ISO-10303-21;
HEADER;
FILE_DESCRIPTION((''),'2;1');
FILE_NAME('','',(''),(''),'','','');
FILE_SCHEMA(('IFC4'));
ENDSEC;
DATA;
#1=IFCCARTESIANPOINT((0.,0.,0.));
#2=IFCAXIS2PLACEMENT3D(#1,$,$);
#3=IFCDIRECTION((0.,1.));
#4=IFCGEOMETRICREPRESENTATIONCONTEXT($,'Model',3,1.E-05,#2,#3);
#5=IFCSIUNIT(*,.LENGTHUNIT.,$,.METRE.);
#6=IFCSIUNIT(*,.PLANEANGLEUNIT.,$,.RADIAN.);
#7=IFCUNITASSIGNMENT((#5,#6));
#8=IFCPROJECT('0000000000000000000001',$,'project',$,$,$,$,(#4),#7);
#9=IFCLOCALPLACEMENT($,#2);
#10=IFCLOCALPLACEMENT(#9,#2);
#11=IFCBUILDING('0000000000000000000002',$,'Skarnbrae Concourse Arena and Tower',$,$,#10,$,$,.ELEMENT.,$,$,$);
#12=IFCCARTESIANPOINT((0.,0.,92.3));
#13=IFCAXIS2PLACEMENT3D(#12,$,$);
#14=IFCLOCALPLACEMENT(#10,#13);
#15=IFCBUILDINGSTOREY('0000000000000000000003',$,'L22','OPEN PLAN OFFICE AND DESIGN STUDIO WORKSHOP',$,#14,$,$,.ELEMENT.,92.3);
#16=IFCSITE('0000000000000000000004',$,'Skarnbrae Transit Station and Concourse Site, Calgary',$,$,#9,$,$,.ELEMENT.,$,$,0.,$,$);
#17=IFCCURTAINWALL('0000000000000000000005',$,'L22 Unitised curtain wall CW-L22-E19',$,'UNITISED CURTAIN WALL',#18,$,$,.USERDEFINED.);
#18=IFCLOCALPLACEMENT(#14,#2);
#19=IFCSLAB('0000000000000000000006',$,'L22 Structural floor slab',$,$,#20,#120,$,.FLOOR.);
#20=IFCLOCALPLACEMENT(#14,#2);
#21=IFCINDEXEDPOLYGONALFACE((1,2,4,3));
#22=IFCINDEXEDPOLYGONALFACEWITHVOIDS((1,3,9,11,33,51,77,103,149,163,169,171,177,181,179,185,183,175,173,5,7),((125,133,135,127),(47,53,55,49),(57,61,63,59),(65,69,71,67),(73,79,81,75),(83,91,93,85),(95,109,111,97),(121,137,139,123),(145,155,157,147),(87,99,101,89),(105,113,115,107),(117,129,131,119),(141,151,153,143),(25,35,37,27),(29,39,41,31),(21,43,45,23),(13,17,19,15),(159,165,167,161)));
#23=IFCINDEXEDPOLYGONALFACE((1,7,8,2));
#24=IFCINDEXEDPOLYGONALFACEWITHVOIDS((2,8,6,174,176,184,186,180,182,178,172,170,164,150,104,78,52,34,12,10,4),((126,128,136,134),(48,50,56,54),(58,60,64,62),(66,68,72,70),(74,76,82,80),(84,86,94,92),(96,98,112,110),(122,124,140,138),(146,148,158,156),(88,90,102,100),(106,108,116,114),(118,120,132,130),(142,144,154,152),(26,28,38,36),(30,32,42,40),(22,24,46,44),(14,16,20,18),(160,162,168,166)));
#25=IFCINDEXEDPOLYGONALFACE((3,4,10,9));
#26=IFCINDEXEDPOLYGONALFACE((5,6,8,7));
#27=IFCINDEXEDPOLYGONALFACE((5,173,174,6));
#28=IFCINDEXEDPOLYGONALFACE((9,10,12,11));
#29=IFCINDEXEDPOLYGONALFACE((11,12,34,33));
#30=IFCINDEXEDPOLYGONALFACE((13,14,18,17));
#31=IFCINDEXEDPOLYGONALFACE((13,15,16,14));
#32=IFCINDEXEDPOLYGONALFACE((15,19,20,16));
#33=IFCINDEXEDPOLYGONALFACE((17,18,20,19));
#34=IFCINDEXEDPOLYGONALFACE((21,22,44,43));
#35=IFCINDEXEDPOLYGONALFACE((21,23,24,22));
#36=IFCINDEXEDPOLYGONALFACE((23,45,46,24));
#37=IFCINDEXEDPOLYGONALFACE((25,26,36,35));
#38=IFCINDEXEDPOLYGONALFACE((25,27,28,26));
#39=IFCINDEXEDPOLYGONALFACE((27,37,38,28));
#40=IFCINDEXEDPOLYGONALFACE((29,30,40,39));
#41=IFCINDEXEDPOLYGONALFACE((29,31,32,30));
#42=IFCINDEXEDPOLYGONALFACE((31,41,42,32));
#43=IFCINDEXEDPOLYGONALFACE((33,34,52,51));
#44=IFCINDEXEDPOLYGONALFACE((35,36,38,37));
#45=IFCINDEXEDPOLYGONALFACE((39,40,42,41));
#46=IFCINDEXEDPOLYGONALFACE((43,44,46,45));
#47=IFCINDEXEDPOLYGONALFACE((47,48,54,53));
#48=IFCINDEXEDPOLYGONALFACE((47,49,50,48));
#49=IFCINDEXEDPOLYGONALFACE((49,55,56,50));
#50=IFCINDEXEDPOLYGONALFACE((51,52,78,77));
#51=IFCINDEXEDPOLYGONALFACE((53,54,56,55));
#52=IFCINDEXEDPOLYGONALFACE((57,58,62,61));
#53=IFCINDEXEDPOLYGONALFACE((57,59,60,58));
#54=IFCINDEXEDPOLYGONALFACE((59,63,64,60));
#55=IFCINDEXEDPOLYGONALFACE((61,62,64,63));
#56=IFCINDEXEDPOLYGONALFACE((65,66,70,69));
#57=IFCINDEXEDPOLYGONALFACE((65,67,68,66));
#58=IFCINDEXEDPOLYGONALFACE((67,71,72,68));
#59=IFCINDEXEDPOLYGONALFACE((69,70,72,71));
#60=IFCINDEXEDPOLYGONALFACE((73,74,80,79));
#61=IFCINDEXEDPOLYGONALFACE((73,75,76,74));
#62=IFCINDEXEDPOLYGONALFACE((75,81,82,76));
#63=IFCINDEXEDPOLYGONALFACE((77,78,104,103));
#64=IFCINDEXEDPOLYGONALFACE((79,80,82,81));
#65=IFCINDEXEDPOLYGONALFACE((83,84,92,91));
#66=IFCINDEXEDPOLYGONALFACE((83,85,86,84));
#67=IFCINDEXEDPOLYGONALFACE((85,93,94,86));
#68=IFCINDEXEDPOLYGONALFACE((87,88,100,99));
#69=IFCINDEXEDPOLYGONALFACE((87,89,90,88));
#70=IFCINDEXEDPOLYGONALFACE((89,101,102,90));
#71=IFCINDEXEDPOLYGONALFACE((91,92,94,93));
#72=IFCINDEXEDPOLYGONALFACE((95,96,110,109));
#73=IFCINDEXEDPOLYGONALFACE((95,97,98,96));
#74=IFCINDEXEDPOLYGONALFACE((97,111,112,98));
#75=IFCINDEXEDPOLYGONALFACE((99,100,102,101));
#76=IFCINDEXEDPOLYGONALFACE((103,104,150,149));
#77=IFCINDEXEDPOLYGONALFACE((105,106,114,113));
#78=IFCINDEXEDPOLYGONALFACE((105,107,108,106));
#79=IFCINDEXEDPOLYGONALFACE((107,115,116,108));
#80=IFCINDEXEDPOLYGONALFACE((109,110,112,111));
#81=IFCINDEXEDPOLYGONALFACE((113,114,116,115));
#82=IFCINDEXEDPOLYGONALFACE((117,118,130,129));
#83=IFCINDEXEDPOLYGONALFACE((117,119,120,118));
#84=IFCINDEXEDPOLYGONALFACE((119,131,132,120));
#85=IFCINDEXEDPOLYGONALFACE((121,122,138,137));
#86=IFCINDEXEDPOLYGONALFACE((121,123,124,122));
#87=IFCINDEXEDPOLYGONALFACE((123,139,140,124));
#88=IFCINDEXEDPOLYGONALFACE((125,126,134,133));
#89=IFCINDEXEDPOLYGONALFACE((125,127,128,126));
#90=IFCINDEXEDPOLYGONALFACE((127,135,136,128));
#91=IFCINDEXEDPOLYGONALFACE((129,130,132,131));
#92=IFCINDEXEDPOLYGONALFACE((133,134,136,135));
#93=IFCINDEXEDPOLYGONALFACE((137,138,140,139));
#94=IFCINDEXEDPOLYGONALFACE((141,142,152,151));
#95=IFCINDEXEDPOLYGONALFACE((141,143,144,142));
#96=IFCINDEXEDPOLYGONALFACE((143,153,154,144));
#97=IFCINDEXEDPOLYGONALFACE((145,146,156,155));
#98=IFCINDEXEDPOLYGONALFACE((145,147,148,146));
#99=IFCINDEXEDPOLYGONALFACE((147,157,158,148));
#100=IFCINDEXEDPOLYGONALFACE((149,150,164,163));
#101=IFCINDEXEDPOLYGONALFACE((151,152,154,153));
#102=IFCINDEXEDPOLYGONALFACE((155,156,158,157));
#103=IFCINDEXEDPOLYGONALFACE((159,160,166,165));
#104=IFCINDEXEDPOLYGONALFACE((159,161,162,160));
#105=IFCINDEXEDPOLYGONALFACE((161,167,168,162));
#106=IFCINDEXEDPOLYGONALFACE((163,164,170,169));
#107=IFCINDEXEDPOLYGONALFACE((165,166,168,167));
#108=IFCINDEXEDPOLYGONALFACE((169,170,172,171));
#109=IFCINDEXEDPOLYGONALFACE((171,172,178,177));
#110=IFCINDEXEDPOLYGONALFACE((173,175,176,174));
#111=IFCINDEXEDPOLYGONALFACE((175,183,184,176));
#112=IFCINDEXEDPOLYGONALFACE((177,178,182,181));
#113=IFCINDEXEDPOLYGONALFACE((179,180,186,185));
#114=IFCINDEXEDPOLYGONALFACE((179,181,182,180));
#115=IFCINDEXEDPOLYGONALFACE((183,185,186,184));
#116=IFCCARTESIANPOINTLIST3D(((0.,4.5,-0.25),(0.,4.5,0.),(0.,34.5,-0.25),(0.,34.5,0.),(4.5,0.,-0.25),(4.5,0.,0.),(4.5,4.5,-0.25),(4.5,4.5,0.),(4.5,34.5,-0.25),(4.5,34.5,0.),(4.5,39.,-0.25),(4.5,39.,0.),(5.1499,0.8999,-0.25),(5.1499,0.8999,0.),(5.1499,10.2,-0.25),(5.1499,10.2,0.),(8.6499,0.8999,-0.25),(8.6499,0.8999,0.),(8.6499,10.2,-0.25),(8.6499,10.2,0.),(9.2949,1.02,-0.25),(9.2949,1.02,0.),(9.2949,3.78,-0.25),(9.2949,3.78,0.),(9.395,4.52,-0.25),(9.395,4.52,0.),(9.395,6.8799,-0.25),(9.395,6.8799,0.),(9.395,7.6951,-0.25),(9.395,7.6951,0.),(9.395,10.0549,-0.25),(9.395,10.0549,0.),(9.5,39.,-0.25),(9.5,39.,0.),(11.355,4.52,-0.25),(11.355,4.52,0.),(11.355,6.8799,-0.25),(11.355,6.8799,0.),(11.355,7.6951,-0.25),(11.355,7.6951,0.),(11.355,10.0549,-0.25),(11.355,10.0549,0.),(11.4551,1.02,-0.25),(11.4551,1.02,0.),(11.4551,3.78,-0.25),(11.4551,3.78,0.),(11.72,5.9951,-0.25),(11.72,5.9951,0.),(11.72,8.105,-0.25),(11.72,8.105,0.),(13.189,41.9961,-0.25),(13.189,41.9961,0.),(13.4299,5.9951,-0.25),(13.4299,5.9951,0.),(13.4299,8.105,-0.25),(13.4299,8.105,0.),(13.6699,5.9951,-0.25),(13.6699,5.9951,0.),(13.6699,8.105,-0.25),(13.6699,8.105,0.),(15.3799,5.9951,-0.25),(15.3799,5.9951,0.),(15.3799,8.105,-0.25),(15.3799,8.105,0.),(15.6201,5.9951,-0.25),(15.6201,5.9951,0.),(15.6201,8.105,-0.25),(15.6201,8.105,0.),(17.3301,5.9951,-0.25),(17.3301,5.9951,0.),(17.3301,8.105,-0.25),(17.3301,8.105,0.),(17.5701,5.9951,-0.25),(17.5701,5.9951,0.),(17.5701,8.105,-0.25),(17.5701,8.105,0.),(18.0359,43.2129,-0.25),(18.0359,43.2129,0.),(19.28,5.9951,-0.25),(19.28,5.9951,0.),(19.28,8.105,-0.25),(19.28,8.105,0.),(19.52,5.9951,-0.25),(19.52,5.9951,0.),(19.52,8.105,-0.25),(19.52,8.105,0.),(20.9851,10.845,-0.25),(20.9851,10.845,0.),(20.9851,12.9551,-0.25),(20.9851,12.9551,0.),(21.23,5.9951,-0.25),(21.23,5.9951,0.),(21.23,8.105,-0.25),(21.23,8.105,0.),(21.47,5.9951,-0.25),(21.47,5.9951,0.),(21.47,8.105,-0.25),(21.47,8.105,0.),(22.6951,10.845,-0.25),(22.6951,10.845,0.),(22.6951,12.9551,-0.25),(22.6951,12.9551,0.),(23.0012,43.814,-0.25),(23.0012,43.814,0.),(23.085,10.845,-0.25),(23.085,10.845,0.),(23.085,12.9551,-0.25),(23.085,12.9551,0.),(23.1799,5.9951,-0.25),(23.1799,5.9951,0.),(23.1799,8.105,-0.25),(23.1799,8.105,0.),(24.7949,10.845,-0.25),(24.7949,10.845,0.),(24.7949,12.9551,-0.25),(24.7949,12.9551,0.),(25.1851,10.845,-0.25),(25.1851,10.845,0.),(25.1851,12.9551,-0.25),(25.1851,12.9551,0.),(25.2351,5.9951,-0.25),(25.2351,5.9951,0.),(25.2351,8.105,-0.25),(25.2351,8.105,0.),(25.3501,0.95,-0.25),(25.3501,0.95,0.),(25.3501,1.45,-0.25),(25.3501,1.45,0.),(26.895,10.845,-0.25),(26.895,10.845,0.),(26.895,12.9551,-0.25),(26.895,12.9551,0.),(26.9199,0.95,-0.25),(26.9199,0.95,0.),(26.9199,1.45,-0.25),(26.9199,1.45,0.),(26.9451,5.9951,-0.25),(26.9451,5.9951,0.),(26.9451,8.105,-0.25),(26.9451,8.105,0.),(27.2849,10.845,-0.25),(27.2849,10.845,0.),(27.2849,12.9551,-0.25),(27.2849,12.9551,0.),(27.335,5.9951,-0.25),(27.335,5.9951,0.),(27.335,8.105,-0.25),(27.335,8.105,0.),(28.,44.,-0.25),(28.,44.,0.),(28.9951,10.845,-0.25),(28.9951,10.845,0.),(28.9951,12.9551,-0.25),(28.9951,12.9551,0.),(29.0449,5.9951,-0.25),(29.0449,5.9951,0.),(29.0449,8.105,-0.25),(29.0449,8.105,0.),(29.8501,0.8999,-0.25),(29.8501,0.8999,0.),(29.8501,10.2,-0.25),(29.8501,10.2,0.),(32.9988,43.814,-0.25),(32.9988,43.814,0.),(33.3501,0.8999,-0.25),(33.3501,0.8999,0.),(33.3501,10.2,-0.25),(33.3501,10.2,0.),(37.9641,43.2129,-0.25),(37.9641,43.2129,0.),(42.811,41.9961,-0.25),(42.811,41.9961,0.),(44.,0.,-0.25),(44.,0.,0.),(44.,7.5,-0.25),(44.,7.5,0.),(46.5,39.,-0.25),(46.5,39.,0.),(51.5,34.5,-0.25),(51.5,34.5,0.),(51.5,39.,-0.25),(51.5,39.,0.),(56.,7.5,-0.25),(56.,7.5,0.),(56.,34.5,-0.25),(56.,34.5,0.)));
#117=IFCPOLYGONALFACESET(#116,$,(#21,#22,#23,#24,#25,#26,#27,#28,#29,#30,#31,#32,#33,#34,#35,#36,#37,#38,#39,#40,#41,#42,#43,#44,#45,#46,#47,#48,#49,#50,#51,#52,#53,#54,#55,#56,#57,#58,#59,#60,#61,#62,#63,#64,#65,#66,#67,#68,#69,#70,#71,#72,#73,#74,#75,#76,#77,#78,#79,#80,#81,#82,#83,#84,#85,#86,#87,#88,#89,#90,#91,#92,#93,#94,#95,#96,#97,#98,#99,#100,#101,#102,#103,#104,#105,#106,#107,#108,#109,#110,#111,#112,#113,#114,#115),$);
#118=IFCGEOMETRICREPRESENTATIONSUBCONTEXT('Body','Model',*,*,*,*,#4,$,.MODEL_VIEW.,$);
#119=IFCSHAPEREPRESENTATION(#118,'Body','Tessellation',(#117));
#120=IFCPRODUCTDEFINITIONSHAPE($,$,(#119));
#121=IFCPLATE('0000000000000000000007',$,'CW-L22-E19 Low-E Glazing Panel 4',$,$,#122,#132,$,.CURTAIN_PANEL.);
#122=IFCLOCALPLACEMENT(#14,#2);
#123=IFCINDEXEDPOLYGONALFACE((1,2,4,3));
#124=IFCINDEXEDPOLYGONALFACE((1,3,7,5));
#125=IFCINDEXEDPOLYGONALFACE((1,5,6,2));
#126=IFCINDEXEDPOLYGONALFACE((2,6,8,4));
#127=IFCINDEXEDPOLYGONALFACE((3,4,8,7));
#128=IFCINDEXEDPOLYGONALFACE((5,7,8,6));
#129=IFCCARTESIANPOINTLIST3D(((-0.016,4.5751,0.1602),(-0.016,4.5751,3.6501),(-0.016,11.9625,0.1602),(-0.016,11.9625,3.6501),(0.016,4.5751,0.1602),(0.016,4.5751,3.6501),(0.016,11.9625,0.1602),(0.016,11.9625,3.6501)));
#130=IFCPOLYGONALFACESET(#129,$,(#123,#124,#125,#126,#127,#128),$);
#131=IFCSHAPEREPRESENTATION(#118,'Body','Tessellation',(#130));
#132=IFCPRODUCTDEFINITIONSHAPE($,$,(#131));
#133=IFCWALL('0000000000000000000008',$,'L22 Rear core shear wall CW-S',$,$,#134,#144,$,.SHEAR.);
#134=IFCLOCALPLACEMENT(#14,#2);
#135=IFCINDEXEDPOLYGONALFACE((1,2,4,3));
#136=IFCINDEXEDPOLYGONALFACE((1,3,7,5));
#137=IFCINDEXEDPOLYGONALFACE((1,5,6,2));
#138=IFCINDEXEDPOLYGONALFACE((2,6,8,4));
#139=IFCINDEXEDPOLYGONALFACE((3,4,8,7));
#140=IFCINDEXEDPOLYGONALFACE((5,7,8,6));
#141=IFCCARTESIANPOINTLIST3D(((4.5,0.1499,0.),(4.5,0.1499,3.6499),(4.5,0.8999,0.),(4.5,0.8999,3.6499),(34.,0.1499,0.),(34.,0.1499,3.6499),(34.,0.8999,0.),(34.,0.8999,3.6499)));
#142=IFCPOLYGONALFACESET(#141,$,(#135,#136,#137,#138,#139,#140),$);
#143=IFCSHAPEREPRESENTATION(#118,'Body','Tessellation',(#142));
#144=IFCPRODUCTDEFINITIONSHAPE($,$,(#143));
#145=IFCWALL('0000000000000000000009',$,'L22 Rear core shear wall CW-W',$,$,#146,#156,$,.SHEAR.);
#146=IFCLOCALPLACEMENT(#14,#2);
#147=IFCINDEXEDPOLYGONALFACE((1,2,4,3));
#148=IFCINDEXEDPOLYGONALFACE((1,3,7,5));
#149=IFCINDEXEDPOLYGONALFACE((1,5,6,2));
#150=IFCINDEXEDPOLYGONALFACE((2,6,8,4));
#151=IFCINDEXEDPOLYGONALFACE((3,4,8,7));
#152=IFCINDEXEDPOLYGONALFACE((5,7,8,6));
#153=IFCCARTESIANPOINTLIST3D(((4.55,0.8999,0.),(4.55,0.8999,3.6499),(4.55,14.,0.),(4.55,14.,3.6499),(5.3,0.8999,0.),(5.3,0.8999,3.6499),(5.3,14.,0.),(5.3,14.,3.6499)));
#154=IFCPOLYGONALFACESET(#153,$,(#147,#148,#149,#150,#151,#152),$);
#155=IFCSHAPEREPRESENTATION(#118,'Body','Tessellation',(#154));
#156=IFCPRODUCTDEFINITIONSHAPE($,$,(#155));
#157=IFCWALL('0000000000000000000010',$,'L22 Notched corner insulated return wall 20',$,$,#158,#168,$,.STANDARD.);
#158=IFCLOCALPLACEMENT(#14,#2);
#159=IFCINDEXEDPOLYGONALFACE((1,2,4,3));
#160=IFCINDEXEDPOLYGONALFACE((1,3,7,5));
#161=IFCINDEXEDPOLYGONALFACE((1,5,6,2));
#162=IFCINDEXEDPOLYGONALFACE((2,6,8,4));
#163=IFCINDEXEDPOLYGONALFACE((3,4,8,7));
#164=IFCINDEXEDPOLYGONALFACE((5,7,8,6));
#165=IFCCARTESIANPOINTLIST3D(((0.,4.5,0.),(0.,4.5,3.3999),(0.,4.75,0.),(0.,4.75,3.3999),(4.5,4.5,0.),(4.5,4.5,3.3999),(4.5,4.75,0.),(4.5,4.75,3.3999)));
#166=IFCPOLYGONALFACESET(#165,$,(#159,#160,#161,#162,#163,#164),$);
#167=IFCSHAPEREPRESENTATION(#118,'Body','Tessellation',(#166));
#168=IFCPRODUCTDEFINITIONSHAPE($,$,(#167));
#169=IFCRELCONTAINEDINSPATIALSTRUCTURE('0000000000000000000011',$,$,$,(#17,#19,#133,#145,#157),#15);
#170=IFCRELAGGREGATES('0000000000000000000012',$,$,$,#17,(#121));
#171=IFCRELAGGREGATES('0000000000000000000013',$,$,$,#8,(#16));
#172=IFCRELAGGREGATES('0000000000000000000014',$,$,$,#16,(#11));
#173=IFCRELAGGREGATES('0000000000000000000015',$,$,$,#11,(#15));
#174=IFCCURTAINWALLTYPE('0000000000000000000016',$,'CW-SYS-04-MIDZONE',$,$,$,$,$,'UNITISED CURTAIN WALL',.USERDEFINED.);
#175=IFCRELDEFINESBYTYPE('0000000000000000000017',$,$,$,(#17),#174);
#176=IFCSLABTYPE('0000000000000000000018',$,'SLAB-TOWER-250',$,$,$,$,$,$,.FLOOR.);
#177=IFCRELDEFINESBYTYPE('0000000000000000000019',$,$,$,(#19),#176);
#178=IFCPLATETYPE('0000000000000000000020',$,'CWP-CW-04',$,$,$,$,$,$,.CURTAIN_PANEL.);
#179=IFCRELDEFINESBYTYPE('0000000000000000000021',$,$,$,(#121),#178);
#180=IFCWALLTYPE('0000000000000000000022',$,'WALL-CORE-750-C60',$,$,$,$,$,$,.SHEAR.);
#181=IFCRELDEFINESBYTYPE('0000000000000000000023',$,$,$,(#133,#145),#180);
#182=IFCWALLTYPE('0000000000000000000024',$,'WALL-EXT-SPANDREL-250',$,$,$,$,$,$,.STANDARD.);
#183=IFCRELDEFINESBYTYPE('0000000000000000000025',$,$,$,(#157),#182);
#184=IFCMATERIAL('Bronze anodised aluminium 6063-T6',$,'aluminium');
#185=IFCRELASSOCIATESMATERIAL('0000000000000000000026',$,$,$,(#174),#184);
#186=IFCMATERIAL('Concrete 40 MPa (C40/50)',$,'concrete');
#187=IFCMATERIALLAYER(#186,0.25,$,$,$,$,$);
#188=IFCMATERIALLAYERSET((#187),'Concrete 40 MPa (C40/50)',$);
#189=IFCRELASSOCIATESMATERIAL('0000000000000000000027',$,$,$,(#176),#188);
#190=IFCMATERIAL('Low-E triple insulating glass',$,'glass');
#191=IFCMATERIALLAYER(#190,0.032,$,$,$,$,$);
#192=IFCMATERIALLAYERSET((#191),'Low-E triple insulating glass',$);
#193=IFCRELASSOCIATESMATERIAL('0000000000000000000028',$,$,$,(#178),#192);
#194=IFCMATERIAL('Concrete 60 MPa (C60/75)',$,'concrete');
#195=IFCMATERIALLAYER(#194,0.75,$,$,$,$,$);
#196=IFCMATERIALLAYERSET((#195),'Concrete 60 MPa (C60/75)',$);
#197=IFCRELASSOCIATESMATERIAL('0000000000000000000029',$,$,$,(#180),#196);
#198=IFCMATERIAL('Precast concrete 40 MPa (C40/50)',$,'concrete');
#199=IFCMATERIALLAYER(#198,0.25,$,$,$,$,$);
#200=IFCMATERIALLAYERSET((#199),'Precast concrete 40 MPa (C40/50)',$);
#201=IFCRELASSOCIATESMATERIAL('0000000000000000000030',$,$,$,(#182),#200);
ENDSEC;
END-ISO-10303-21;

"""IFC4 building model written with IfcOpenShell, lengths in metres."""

from ifc_helpers import new_model, si_unit, direction, frame, frame_2d, origin, origin_2d, place, context, subcontext, project, spatial, polyline, rectangle, outline, extrude, source, transform, mapped, material, layer, layer_set, type_object, element, aggregate, save


model = new_model("IFC4")

# Units and contexts
model_context = context("Model", 3, precision=1e-05, world=origin(), true_north=direction((0.0, 1.0)))
body_context = subcontext(model_context, "Body", "Model", "MODEL_VIEW")
ifc_project = project(units=[si_unit("LENGTHUNIT", "METRE"), si_unit("PLANEANGLEUNIT", "RADIAN")], contexts=[model_context])

# Site, building, storey
site_placement = place(None, origin())
site = spatial("IfcSite", under=ifc_project, at=site_placement, Name="Skarnbrae Transit Station and Concourse Site, Calgary", CompositionType="ELEMENT", RefElevation=0.0)
building_placement = place(site_placement, origin())
building = spatial("IfcBuilding", under=site, at=building_placement, Name="Skarnbrae Concourse Arena and Tower", CompositionType="ELEMENT")
storey_placement = place(building_placement, frame((0.0, 0.0, 92.3)))
storey = spatial("IfcBuildingStorey", under=building, at=storey_placement, Name="L22", Description="OPEN PLAN OFFICE AND DESIGN STUDIO WORKSHOP", CompositionType="ELEMENT", Elevation=92.3)

# Curtain wall
ifc_material_1 = material(Name="Bronze anodised aluminium 6063-T6", Category="aluminium")
curtain_wall_type = type_object("IfcCurtainWallType", Name="CW-SYS-04-MIDZONE", ElementType="UNITISED CURTAIN WALL", PredefinedType="USERDEFINED", material=ifc_material_1)
curtain_wall_placement = place(storey_placement, origin())
curtain_wall = element("IfcCurtainWall", 1, at=curtain_wall_placement, inside=storey, type_object=curtain_wall_type, Name="L22 Unitised curtain wall CW-L22-E19", ObjectType="UNITISED CURTAIN WALL", PredefinedType="USERDEFINED")

# Shared definitions
ifc_material_2 = material(Name="Concrete 40 MPa (C40/50)", Category="concrete")

# Slab
ifc_layer_1 = layer(ifc_material_2, 0.25)
ifc_layer_set_1 = layer_set([ifc_layer_1], Name="Concrete 40 MPa (C40/50)")
slab_type_1 = type_object("IfcSlabType", Name="SLAB-TOWER-250", PredefinedType="FLOOR", material=ifc_layer_set_1)
slab_1_placement = place(storey_placement, frame((0.0, 0.0, -0.25)))
element("IfcSlab", 2, at=slab_1_placement, inside=storey, type_object=slab_type_1, Name="L22 Structural floor slab", PredefinedType="FLOOR", context=body_context, shape_type="SweptSolid", body=[
    extrude(outline(polyline([(4.5, 0.0), (44.0, 0.0), (44.0, 7.5), (56.0, 7.5), (56.0, 34.5), (51.5, 34.5), (51.5, 39.0), (46.5, 39.0), (42.811, 41.9961), (37.9641, 43.2129), (32.9988, 43.814), (28.0, 44.0), (23.0012, 43.814), (18.0359, 43.2129), (13.189, 41.9961), (9.5, 39.0), (4.5, 39.0), (4.5, 34.5), (0.0, 34.5), (0.0, 4.5), (4.5, 4.5), (4.5, 0.0)]), holes=[polyline([(9.2949, 3.78), (11.4551, 3.78), (11.4551, 1.02), (9.2949, 1.02), (9.2949, 3.78)]), polyline([(8.6499, 10.2), (8.6499, 0.8999), (5.1499, 0.8999), (5.1499, 10.2), (8.6499, 10.2)]), polyline([(9.395, 6.8799), (11.355, 6.8799), (11.355, 4.52), (9.395, 4.52), (9.395, 6.8799)]), polyline([(11.72, 8.105), (13.4299, 8.105), (13.4299, 5.9951), (11.72, 5.9951), (11.72, 8.105)]), polyline([(13.6699, 8.105), (15.3799, 8.105), (15.3799, 5.9951), (13.6699, 5.9951), (13.6699, 8.105)]), polyline([(15.6201, 8.105), (17.3301, 8.105), (17.3301, 5.9951), (15.6201, 5.9951), (15.6201, 8.105)]), polyline([(17.5701, 8.105), (19.28, 8.105), (19.28, 5.9951), (17.5701, 5.9951), (17.5701, 8.105)]), polyline([(21.23, 8.105), (21.23, 5.9951), (19.52, 5.9951), (19.52, 8.105), (21.23, 8.105)]), polyline([(11.355, 10.0549), (11.355, 7.6951), (9.395, 7.6951), (9.395, 10.0549), (11.355, 10.0549)]), polyline([(25.3501, 1.45), (26.9199, 1.45), (26.9199, 0.95), (25.3501, 0.95), (25.3501, 1.45)]), polyline([(33.3501, 10.2), (33.3501, 0.8999), (29.8501, 0.8999), (29.8501, 10.2), (33.3501, 10.2)]), polyline([(21.47, 8.105), (23.1799, 8.105), (23.1799, 5.9951), (21.47, 5.9951), (21.47, 8.105)]), polyline([(25.2351, 8.105), (26.9451, 8.105), (26.9451, 5.9951), (25.2351, 5.9951), (25.2351, 8.105)]), polyline([(27.335, 8.105), (29.0449, 8.105), (29.0449, 5.9951), (27.335, 5.9951), (27.335, 8.105)]), polyline([(20.9851, 12.9551), (22.6951, 12.9551), (22.6951, 10.845), (20.9851, 10.845), (20.9851, 12.9551)]), polyline([(23.085, 12.9551), (24.7949, 12.9551), (24.7949, 10.845), (23.085, 10.845), (23.085, 12.9551)]), polyline([(26.895, 12.9551), (26.895, 10.845), (25.1851, 10.845), (25.1851, 12.9551), (26.895, 12.9551)]), polyline([(28.9951, 12.9551), (28.9951, 10.845), (27.2849, 10.845), (27.2849, 12.9551), (28.9951, 12.9551)])]), origin(), (0.0, 0.0, 1.0), 0.25),
])

# Plate
ifc_material_3 = material(Name="Low-E triple insulating glass", Category="glass")
ifc_layer_2 = layer(ifc_material_3, 0.032)
ifc_layer_set_2 = layer_set([ifc_layer_2], Name="Low-E triple insulating glass")
plate_type = type_object("IfcPlateType", Name="CWP-CW-04", PredefinedType="CURTAIN_PANEL", material=ifc_layer_set_2)
shared_shape_1 = source(origin(), body_context, "Body", "SweptSolid", [
    extrude(rectangle(XDim=7.3875, YDim=0.032, at=origin_2d()), origin(), (0.0, 0.0, 1.0), 3.49),
])
plate_placement = place(storey_placement, frame((0.0, 8.2688, 0.1602), z_axis=(0.0, 0.0, 1.0), x_axis=(0.0, -1.0, 0.0)))
plate = element("IfcPlate", 3, at=plate_placement, type_object=plate_type, Name="CW-L22-E19 Low-E Glazing Panel 4", PredefinedType="CURTAIN_PANEL", context=body_context, shape_type="MappedRepresentation", body=[
    mapped(shared_shape_1, transform((0.0, 0.0, 0.0))),
])
aggregate(curtain_wall, [plate])

# Walls
ifc_material_4 = material(Name="Concrete 60 MPa (C60/75)", Category="concrete")
ifc_layer_3 = layer(ifc_material_4, 0.75)
ifc_layer_set_3 = layer_set([ifc_layer_3], Name="Concrete 60 MPa (C60/75)")
wall_type_1 = type_object("IfcWallType", Name="WALL-CORE-750-C60", PredefinedType="SHEAR", material=ifc_layer_set_3)
shared_shape_2 = source(origin(), body_context, "Body", "SweptSolid", [
    extrude(rectangle(XDim=29.5, YDim=0.75, at=frame_2d((14.75, 0.0))), origin(), (0.0, 0.0, 1.0), 3.6499),
])
wall_1_placement = place(storey_placement, frame((4.5, 0.5249, 0.0), z_axis=(0.0, 0.0, 1.0), x_axis=(1.0, 0.0, 0.0)))
element("IfcWall", 4, at=wall_1_placement, inside=storey, type_object=wall_type_1, Name="L22 Rear core shear wall CW-S", PredefinedType="SHEAR", context=body_context, shape_type="MappedRepresentation", body=[
    mapped(shared_shape_2, transform((0.0, 0.0, 0.0))),
])
shared_shape_3 = source(origin(), body_context, "Body", "SweptSolid", [
    extrude(rectangle(XDim=13.1001, YDim=0.75, at=frame_2d((6.55, 0.0))), origin(), (0.0, 0.0, 1.0), 3.6499),
])
wall_2_placement = place(storey_placement, frame((4.925, 0.8999, 0.0), z_axis=(0.0, 0.0, 1.0), x_axis=(0.0, 1.0, 0.0)))
element("IfcWall", 5, at=wall_2_placement, inside=storey, type_object=wall_type_1, Name="L22 Rear core shear wall CW-W", PredefinedType="SHEAR", context=body_context, shape_type="MappedRepresentation", body=[
    mapped(shared_shape_3, transform((0.0, 0.0, 0.0))),
])
ifc_material_5 = material(Name="Precast concrete 40 MPa (C40/50)", Category="concrete")
ifc_layer_4 = layer(ifc_material_5, 0.25)
ifc_layer_set_4 = layer_set([ifc_layer_4], Name="Precast concrete 40 MPa (C40/50)")
wall_type_2 = type_object("IfcWallType", Name="WALL-EXT-SPANDREL-250", PredefinedType="STANDARD", material=ifc_layer_set_4)
shared_shape_4 = source(origin(), body_context, "Body", "SweptSolid", [
    extrude(rectangle(XDim=4.5, YDim=0.25, at=frame_2d((2.25, 0.0))), origin(), (0.0, 0.0, 1.0), 3.3999),
])
wall_3_placement = place(storey_placement, frame((0.0, 4.625, 0.0), z_axis=(0.0, 0.0, 1.0), x_axis=(1.0, 0.0, 0.0)))
element("IfcWall", 6, at=wall_3_placement, inside=storey, type_object=wall_type_2, Name="L22 Notched corner insulated return wall 20", PredefinedType="STANDARD", context=body_context, shape_type="MappedRepresentation", body=[
    mapped(shared_shape_4, transform((0.0, 0.0, 0.0))),
])

save(model, "model.ifc")
